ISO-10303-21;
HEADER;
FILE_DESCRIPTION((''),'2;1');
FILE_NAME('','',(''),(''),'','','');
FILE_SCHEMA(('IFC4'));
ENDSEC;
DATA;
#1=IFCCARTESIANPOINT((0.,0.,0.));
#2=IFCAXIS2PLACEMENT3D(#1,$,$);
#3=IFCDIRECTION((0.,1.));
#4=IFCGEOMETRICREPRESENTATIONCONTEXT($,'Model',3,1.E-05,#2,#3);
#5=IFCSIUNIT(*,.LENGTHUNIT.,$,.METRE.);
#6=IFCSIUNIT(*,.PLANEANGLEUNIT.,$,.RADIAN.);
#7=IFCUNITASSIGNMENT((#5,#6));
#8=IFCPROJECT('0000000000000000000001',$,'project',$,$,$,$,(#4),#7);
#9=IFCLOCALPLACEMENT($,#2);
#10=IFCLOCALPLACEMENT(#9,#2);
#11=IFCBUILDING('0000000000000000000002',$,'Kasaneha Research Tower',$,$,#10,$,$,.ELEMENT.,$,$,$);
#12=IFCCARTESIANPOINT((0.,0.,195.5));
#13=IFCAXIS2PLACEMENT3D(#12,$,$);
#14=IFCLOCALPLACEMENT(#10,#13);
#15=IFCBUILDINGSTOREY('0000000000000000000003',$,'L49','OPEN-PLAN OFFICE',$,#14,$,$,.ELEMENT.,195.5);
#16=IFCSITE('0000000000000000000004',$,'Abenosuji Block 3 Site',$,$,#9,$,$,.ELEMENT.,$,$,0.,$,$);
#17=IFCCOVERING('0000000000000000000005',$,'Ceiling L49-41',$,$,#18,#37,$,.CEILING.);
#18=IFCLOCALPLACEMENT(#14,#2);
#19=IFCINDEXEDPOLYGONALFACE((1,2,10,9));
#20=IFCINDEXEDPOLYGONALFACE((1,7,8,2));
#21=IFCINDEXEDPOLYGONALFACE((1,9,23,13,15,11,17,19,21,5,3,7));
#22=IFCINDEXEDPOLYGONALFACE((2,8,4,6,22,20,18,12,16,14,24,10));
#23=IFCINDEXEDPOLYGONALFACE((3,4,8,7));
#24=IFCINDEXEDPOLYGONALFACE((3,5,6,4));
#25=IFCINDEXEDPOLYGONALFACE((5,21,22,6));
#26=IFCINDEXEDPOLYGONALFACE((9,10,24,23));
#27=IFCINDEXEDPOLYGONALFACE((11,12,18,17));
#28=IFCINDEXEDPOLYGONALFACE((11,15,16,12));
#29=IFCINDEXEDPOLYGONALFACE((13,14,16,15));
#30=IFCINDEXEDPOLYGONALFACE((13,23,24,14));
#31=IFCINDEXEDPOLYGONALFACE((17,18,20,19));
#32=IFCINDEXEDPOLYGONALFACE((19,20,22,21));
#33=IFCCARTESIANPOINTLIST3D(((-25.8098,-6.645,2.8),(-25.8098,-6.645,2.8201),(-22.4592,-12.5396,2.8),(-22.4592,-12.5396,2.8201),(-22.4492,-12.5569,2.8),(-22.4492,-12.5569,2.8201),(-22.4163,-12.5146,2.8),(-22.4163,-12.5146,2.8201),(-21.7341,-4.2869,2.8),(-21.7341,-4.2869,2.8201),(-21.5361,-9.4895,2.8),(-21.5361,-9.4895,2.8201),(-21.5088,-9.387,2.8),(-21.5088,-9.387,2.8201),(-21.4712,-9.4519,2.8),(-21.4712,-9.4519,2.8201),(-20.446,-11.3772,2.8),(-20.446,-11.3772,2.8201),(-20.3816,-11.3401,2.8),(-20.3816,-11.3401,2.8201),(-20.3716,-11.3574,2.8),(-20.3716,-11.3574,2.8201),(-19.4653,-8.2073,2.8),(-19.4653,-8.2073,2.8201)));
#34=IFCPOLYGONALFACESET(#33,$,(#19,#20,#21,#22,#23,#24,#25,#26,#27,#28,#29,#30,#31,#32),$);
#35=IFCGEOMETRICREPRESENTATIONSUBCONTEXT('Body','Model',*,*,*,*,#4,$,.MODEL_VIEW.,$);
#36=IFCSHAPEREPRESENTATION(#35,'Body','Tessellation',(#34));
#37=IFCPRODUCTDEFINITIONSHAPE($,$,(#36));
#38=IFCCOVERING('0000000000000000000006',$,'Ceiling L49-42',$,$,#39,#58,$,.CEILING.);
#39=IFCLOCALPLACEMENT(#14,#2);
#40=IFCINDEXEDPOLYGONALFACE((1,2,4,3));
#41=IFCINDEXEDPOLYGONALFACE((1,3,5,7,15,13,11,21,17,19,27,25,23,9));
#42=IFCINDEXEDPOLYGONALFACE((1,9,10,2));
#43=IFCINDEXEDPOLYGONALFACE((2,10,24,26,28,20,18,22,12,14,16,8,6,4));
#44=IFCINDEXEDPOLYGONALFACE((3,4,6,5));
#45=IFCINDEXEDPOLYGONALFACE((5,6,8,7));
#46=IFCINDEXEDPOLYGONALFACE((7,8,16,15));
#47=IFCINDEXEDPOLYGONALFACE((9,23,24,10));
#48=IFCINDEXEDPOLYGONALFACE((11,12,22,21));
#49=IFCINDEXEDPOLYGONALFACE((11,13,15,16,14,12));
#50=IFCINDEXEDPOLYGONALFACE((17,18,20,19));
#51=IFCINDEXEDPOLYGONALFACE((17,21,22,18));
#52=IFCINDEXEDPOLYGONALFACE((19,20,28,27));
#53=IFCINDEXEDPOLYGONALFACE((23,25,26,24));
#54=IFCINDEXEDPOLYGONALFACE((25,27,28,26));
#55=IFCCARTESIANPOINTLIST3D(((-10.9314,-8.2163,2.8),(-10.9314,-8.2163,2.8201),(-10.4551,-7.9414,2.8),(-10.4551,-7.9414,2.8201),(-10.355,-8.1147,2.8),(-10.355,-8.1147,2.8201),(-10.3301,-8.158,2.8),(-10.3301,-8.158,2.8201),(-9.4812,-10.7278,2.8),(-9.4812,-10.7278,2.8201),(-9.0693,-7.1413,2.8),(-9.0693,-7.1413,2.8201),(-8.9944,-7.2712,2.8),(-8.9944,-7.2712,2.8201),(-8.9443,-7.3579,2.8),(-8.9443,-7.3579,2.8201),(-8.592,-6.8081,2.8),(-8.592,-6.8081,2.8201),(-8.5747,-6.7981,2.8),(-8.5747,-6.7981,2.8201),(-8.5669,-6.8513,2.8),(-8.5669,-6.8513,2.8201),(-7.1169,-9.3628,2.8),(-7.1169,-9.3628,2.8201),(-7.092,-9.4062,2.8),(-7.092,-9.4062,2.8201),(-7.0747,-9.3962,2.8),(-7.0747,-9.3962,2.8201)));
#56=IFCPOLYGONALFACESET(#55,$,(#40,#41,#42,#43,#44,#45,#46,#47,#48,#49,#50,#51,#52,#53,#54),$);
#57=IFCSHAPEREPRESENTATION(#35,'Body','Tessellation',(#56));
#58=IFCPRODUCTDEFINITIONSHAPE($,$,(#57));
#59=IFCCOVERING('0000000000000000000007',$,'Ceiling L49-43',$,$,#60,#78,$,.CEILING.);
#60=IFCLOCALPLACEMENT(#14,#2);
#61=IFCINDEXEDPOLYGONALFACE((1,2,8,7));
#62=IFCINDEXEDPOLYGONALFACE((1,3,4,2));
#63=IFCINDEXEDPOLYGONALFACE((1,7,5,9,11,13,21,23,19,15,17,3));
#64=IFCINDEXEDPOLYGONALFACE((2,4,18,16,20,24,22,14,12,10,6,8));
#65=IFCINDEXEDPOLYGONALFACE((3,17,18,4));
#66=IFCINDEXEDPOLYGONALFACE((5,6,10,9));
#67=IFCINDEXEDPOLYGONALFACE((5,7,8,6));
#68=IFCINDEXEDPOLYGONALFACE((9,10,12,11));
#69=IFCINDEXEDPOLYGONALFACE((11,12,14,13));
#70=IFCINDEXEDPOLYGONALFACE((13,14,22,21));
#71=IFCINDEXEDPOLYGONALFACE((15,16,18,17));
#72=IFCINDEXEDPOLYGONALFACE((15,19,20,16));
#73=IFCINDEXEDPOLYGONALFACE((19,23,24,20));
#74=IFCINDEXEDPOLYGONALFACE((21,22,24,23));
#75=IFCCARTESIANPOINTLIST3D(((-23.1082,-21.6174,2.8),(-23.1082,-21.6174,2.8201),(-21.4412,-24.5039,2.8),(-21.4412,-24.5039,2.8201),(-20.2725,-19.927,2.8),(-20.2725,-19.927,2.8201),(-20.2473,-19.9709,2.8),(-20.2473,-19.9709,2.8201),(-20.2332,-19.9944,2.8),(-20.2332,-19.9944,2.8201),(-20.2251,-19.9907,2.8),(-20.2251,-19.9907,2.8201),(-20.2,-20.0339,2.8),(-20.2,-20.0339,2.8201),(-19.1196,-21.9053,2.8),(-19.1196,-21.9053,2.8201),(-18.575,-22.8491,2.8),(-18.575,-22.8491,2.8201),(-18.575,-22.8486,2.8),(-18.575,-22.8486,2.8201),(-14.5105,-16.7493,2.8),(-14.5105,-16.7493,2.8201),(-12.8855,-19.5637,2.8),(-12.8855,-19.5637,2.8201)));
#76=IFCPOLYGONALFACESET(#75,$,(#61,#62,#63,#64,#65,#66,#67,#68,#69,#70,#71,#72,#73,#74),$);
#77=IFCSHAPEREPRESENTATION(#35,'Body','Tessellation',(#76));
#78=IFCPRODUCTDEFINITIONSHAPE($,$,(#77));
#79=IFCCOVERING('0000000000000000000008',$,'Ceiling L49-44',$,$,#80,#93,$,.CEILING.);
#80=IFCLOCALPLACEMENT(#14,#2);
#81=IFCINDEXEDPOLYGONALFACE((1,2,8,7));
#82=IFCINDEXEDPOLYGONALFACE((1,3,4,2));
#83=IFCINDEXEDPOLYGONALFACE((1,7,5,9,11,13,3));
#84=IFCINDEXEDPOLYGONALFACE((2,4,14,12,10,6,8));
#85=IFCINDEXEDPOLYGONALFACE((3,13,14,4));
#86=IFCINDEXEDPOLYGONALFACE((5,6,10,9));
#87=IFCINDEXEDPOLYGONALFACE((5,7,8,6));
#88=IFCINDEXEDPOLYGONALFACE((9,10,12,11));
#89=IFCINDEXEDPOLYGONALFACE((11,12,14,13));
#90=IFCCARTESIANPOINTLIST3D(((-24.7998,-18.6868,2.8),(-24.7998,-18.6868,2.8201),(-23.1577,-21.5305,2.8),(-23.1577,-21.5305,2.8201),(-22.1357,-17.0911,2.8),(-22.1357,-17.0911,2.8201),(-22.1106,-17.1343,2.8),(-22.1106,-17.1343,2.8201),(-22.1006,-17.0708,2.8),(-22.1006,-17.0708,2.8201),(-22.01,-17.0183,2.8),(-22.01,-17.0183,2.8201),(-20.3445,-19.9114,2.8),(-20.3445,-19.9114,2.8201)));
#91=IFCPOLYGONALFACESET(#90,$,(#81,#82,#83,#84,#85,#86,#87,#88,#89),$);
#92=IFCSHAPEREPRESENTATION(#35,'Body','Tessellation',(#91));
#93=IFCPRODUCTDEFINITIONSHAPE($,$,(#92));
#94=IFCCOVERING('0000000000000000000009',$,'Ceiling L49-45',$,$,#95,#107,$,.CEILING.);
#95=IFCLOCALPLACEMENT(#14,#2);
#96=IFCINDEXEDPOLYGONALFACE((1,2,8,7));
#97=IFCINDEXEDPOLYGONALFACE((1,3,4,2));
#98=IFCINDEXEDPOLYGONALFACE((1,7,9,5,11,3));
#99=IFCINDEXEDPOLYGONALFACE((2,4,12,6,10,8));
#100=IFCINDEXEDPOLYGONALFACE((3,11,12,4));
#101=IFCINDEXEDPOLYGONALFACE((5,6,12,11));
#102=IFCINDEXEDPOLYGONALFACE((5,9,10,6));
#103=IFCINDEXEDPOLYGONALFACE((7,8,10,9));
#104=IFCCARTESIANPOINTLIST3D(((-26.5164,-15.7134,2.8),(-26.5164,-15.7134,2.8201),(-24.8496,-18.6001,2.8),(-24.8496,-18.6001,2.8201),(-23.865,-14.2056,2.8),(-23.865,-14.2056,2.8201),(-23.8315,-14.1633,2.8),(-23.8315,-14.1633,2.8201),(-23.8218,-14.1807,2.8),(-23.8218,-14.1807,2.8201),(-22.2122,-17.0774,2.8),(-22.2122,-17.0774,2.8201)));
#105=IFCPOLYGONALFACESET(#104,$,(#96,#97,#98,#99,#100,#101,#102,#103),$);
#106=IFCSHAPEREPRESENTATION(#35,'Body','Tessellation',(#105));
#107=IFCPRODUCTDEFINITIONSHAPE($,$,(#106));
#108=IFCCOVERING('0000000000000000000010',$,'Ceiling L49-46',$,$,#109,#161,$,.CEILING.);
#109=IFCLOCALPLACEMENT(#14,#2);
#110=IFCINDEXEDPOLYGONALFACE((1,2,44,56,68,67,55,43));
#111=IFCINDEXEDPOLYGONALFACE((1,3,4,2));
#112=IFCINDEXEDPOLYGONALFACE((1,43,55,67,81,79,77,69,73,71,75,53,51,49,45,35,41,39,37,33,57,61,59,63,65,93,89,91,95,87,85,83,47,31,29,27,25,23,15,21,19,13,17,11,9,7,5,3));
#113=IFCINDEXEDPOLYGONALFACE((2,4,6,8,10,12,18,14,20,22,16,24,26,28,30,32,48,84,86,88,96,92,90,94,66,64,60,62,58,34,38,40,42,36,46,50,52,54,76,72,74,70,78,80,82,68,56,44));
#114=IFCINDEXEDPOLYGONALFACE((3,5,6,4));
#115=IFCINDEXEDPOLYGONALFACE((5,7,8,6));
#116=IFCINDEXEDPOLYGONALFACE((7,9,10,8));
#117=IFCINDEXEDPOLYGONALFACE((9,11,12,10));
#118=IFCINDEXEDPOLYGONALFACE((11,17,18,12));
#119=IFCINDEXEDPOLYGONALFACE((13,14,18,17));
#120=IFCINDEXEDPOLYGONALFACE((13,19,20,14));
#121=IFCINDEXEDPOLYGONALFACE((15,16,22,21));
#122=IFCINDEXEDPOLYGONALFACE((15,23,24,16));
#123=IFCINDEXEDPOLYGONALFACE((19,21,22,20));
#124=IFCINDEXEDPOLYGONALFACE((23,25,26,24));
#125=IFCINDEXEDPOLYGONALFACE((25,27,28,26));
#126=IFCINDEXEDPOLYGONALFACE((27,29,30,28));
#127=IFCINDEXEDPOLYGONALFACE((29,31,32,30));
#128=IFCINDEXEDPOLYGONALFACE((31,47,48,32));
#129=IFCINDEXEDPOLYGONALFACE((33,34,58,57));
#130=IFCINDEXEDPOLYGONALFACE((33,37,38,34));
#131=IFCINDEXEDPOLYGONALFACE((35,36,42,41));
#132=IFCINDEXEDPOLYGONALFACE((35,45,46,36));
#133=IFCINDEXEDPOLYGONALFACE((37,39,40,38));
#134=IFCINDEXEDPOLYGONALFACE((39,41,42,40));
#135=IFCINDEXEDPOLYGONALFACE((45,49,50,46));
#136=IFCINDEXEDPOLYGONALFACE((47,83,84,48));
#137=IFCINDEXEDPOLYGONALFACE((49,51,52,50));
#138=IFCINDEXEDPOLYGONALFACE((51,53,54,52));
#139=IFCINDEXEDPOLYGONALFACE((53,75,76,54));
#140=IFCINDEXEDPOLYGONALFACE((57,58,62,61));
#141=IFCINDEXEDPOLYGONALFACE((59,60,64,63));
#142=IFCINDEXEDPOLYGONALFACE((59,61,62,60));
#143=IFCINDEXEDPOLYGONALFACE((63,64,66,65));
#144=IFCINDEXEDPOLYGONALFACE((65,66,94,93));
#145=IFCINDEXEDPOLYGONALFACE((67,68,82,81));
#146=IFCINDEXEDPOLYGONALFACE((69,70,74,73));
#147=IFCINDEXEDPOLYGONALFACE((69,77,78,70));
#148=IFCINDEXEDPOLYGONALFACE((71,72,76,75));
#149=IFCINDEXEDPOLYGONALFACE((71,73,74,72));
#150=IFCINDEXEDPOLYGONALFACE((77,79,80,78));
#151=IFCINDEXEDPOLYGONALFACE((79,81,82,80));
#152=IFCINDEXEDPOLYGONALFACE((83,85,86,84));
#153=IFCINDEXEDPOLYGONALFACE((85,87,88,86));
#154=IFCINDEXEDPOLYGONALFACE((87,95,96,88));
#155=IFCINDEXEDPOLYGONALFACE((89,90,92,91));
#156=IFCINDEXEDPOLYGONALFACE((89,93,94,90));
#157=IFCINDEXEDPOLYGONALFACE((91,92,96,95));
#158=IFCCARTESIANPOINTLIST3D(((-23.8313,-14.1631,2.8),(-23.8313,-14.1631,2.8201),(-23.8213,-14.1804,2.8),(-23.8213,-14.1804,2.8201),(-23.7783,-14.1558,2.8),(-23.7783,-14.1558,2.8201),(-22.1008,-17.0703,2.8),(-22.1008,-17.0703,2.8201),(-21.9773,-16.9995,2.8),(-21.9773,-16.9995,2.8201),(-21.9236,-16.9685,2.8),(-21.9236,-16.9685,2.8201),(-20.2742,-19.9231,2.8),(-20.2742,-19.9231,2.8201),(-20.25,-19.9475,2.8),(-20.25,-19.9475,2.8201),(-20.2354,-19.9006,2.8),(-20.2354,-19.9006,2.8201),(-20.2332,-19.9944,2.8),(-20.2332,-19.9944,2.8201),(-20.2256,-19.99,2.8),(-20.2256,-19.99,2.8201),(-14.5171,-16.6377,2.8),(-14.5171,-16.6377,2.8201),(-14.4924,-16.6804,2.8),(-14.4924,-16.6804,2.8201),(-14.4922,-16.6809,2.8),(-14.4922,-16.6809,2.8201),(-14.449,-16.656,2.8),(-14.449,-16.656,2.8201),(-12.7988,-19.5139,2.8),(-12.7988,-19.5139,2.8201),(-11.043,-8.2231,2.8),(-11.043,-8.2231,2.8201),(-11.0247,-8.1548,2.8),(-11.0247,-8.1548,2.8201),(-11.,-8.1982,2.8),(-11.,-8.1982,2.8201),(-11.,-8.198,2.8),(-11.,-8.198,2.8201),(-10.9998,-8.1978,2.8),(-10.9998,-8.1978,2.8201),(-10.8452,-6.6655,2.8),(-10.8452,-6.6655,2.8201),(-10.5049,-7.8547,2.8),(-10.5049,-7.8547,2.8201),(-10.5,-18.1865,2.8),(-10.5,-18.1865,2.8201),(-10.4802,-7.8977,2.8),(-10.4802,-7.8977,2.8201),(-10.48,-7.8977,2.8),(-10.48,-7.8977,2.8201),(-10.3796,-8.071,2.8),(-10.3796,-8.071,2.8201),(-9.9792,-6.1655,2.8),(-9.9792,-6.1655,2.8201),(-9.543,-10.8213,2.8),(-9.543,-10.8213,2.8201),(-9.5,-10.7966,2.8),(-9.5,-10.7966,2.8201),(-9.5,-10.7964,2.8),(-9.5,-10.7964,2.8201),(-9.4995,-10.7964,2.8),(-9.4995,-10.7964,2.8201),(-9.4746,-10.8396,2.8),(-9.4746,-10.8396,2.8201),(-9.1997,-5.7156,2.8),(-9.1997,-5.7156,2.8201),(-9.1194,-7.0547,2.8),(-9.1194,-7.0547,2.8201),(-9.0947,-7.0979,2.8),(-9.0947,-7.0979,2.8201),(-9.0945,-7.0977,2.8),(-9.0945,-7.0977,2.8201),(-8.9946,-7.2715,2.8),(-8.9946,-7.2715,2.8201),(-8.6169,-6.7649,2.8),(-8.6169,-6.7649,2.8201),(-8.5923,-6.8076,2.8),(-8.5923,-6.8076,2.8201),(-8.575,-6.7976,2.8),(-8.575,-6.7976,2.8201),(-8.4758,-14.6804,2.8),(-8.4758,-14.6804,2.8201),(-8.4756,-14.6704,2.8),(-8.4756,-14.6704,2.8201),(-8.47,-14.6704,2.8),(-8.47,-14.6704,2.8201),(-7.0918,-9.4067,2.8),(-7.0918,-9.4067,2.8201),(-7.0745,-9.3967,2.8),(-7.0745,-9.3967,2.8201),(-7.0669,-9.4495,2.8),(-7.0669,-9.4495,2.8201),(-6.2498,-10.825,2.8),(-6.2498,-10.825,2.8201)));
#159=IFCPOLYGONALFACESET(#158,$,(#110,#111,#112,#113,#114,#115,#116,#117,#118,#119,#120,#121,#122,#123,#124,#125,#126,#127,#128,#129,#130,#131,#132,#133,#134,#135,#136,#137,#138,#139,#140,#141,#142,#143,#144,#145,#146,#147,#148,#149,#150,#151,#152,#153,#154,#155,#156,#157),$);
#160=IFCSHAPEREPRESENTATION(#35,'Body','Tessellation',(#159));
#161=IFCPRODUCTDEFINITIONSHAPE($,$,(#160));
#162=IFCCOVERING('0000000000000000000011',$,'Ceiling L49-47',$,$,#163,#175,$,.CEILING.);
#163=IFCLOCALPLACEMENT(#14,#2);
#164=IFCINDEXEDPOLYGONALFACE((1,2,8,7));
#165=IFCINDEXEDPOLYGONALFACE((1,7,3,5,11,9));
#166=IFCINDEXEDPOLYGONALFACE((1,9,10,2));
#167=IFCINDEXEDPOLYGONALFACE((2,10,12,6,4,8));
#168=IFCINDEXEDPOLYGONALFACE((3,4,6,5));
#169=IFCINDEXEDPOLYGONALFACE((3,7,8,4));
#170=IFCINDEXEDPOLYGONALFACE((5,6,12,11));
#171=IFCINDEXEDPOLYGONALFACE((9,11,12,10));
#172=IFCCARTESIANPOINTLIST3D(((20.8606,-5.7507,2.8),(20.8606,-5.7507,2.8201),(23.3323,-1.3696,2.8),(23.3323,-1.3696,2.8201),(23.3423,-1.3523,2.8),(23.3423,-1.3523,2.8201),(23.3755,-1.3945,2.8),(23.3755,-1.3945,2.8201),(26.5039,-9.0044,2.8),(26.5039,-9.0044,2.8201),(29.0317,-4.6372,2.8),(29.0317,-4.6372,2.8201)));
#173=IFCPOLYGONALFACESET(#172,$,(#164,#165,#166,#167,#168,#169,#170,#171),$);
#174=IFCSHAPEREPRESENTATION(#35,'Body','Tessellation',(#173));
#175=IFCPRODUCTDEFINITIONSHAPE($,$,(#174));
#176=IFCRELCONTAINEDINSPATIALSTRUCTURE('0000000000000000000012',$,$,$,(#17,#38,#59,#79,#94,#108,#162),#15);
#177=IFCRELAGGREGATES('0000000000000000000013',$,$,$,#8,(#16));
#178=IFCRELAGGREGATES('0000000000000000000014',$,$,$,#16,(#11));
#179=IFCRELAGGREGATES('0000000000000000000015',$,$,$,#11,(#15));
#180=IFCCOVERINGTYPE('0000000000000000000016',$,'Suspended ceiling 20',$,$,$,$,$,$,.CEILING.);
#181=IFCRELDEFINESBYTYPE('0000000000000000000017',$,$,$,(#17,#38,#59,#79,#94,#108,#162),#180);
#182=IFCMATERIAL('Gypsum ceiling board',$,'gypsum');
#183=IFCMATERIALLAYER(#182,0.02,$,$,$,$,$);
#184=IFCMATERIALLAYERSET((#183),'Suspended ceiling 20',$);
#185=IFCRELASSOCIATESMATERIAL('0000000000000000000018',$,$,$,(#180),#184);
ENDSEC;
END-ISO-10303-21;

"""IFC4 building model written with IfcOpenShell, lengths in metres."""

from ifc_helpers import new_model, si_unit, direction, frame, origin, place, context, subcontext, project, spatial, polyline, outline, extrude, material, layer, layer_set, type_object, element, save


model = new_model("IFC4")

# Units and contexts
model_context = context("Model", 3, precision=1e-05, world=origin(), true_north=direction((0.0, 1.0)))
body_context = subcontext(model_context, "Body", "Model", "MODEL_VIEW")
ifc_project = project(units=[si_unit("LENGTHUNIT", "METRE"), si_unit("PLANEANGLEUNIT", "RADIAN")], contexts=[model_context])

# Site, building, storey
site_placement = place(None, origin())
site = spatial("IfcSite", under=ifc_project, at=site_placement, Name="Abenosuji Block 3 Site", CompositionType="ELEMENT", RefElevation=0.0)
building_placement = place(site_placement, origin())
building = spatial("IfcBuilding", under=site, at=building_placement, Name="Kasaneha Research Tower", CompositionType="ELEMENT")
storey_placement = place(building_placement, frame((0.0, 0.0, 195.5)))
storey = spatial("IfcBuildingStorey", under=building, at=storey_placement, Name="L49", Description="OPEN-PLAN OFFICE", CompositionType="ELEMENT", Elevation=195.5)

# Coverings
ifc_material_1 = material(Name="Gypsum ceiling board", Category="gypsum")
ifc_layer_1 = layer(ifc_material_1, 0.02)
ifc_layer_set_1 = layer_set([ifc_layer_1], Name="Suspended ceiling 20")
covering_type_1 = type_object("IfcCoveringType", Name="Suspended ceiling 20", PredefinedType="CEILING", material=ifc_layer_set_1)
covering_1_placement = place(storey_placement, frame((0.0, 0.0, 2.8)))
element("IfcCovering", 1, at=covering_1_placement, inside=storey, type_object=covering_type_1, Name="Ceiling L49-41", PredefinedType="CEILING", context=body_context, shape_type="SweptSolid", body=[
    extrude(outline(polyline([(-22.4492, -12.5569), (-22.4592, -12.5396), (-22.4163, -12.5146), (-25.8098, -6.645), (-21.7341, -4.2869), (-19.4653, -8.2073), (-21.5088, -9.387), (-21.4712, -9.4519), (-21.5361, -9.4895), (-20.446, -11.3772), (-20.3816, -11.3401), (-20.3716, -11.3574), (-22.4492, -12.5569)])), origin(), (0.0, 0.0, 1.0), 0.02),
])
covering_2_placement = place(storey_placement, frame((0.0, 0.0, 2.8)))
element("IfcCovering", 2, at=covering_2_placement, inside=storey, type_object=covering_type_1, Name="Ceiling L49-42", PredefinedType="CEILING", context=body_context, shape_type="SweptSolid", body=[
    extrude(outline(polyline([(-10.355, -8.1147), (-10.355, -8.1147), (-10.3301, -8.158), (-8.9443, -7.3579), (-8.9944, -7.2712), (-8.9944, -7.2712), (-9.0942, -7.0981), (-9.0942, -7.0981), (-9.0693, -7.1414), (-8.5669, -6.8513), (-8.592, -6.8081), (-8.5747, -6.7981), (-7.0747, -9.3962), (-7.092, -9.4062), (-7.1169, -9.3628), (-9.4812, -10.7278), (-10.9314, -8.2163), (-10.4551, -7.9414), (-10.355, -8.1147)])), origin(), (0.0, 0.0, 1.0), 0.02),
])
covering_3_placement = place(storey_placement, frame((0.0, 0.0, 2.8)))
element("IfcCovering", 3, at=covering_3_placement, inside=storey, type_object=covering_type_1, Name="Ceiling L49-43", PredefinedType="CEILING", context=body_context, shape_type="SweptSolid", body=[
    extrude(outline(polyline([(-19.1196, -21.9053), (-18.575, -22.8491), (-21.4412, -24.5039), (-23.1082, -21.6174), (-20.2473, -19.9709), (-20.2725, -19.927), (-20.2332, -19.9944), (-20.2251, -19.9907), (-20.2, -20.0339), (-14.5105, -16.7493), (-12.8855, -19.5637), (-18.575, -22.8486), (-19.1196, -21.9053)])), origin(), (0.0, 0.0, 1.0), 0.02),
])
covering_4_placement = place(storey_placement, frame((0.0, 0.0, 2.8)))
element("IfcCovering", 4, at=covering_4_placement, inside=storey, type_object=covering_type_1, Name="Ceiling L49-44", PredefinedType="CEILING", context=body_context, shape_type="SweptSolid", body=[
    extrude(outline(polyline([(-24.7998, -18.6868), (-22.1106, -17.1343), (-22.1357, -17.0911), (-22.1006, -17.0708), (-22.1006, -17.0708), (-22.01, -17.0183), (-20.3445, -19.9114), (-23.1577, -21.5305), (-24.7998, -18.6868)])), origin(), (0.0, 0.0, 1.0), 0.02),
])
covering_5_placement = place(storey_placement, frame((0.0, 0.0, 2.8)))
element("IfcCovering", 5, at=covering_5_placement, inside=storey, type_object=covering_type_1, Name="Ceiling L49-45", PredefinedType="CEILING", context=body_context, shape_type="SweptSolid", body=[
    extrude(outline(polyline([(-23.8315, -14.1633), (-23.8218, -14.1807), (-23.865, -14.2056), (-22.2122, -17.0774), (-24.8496, -18.6001), (-26.5164, -15.7134), (-23.8315, -14.1633)])), origin(), (0.0, 0.0, 1.0), 0.02),
])
covering_6_placement = place(storey_placement, frame((0.0, 0.0, 2.8)))
element("IfcCovering", 6, at=covering_6_placement, inside=storey, type_object=covering_type_1, Name="Ceiling L49-46", PredefinedType="CEILING", context=body_context, shape_type="SweptSolid", body=[
    extrude(outline(polyline([(-9.1997, -5.7156), (-8.575, -6.7976), (-8.5923, -6.8076), (-8.6169, -6.7649), (-9.1194, -7.0547), (-9.0945, -7.0977), (-9.0947, -7.0979), (-8.9946, -7.2715), (-10.3796, -8.071), (-10.48, -7.8977), (-10.4802, -7.8977), (-10.5049, -7.8547), (-11.0247, -8.1548), (-10.9998, -8.1978), (-11.0, -8.198), (-11.0, -8.1982), (-11.043, -8.2231), (-9.543, -10.8213), (-9.5, -10.7964), (-9.5, -10.7966), (-9.4995, -10.7964), (-9.4746, -10.8396), (-7.0669, -9.4495), (-7.0918, -9.4067), (-7.0745, -9.3967), (-6.2498, -10.825), (-8.47, -14.6704), (-8.4756, -14.6704), (-8.4758, -14.6804), (-10.5, -18.1865), (-12.7988, -19.5139), (-14.449, -16.656), (-14.4922, -16.6809), (-14.4924, -16.6804), (-14.4924, -16.6804), (-14.5171, -16.6377), (-20.25, -19.9475), (-20.2256, -19.99), (-20.2332, -19.9944), (-20.2742, -19.9231), (-20.2354, -19.9006), (-21.9236, -16.9685), (-21.9773, -16.9995), (-22.1008, -17.0703), (-23.7783, -14.1558), (-23.8213, -14.1804), (-23.8313, -14.1631), (-10.8452, -6.6655), (-10.8452, -6.6655), (-9.9792, -6.1655), (-9.9792, -6.1655), (-9.1997, -5.7156)])), origin(), (0.0, 0.0, 1.0), 0.02),
])
covering_7_placement = place(storey_placement, frame((0.0, 0.0, 2.8)))
element("IfcCovering", 7, at=covering_7_placement, inside=storey, type_object=covering_type_1, Name="Ceiling L49-47", PredefinedType="CEILING", context=body_context, shape_type="SweptSolid", body=[
    extrude(outline(polyline([(29.0317, -4.6372), (26.5039, -9.0044), (20.8606, -5.7507), (23.3755, -1.3945), (23.3323, -1.3696), (23.3423, -1.3523), (29.0317, -4.6372)])), origin(), (0.0, 0.0, 1.0), 0.02),
])

save(model, "model.ifc")
